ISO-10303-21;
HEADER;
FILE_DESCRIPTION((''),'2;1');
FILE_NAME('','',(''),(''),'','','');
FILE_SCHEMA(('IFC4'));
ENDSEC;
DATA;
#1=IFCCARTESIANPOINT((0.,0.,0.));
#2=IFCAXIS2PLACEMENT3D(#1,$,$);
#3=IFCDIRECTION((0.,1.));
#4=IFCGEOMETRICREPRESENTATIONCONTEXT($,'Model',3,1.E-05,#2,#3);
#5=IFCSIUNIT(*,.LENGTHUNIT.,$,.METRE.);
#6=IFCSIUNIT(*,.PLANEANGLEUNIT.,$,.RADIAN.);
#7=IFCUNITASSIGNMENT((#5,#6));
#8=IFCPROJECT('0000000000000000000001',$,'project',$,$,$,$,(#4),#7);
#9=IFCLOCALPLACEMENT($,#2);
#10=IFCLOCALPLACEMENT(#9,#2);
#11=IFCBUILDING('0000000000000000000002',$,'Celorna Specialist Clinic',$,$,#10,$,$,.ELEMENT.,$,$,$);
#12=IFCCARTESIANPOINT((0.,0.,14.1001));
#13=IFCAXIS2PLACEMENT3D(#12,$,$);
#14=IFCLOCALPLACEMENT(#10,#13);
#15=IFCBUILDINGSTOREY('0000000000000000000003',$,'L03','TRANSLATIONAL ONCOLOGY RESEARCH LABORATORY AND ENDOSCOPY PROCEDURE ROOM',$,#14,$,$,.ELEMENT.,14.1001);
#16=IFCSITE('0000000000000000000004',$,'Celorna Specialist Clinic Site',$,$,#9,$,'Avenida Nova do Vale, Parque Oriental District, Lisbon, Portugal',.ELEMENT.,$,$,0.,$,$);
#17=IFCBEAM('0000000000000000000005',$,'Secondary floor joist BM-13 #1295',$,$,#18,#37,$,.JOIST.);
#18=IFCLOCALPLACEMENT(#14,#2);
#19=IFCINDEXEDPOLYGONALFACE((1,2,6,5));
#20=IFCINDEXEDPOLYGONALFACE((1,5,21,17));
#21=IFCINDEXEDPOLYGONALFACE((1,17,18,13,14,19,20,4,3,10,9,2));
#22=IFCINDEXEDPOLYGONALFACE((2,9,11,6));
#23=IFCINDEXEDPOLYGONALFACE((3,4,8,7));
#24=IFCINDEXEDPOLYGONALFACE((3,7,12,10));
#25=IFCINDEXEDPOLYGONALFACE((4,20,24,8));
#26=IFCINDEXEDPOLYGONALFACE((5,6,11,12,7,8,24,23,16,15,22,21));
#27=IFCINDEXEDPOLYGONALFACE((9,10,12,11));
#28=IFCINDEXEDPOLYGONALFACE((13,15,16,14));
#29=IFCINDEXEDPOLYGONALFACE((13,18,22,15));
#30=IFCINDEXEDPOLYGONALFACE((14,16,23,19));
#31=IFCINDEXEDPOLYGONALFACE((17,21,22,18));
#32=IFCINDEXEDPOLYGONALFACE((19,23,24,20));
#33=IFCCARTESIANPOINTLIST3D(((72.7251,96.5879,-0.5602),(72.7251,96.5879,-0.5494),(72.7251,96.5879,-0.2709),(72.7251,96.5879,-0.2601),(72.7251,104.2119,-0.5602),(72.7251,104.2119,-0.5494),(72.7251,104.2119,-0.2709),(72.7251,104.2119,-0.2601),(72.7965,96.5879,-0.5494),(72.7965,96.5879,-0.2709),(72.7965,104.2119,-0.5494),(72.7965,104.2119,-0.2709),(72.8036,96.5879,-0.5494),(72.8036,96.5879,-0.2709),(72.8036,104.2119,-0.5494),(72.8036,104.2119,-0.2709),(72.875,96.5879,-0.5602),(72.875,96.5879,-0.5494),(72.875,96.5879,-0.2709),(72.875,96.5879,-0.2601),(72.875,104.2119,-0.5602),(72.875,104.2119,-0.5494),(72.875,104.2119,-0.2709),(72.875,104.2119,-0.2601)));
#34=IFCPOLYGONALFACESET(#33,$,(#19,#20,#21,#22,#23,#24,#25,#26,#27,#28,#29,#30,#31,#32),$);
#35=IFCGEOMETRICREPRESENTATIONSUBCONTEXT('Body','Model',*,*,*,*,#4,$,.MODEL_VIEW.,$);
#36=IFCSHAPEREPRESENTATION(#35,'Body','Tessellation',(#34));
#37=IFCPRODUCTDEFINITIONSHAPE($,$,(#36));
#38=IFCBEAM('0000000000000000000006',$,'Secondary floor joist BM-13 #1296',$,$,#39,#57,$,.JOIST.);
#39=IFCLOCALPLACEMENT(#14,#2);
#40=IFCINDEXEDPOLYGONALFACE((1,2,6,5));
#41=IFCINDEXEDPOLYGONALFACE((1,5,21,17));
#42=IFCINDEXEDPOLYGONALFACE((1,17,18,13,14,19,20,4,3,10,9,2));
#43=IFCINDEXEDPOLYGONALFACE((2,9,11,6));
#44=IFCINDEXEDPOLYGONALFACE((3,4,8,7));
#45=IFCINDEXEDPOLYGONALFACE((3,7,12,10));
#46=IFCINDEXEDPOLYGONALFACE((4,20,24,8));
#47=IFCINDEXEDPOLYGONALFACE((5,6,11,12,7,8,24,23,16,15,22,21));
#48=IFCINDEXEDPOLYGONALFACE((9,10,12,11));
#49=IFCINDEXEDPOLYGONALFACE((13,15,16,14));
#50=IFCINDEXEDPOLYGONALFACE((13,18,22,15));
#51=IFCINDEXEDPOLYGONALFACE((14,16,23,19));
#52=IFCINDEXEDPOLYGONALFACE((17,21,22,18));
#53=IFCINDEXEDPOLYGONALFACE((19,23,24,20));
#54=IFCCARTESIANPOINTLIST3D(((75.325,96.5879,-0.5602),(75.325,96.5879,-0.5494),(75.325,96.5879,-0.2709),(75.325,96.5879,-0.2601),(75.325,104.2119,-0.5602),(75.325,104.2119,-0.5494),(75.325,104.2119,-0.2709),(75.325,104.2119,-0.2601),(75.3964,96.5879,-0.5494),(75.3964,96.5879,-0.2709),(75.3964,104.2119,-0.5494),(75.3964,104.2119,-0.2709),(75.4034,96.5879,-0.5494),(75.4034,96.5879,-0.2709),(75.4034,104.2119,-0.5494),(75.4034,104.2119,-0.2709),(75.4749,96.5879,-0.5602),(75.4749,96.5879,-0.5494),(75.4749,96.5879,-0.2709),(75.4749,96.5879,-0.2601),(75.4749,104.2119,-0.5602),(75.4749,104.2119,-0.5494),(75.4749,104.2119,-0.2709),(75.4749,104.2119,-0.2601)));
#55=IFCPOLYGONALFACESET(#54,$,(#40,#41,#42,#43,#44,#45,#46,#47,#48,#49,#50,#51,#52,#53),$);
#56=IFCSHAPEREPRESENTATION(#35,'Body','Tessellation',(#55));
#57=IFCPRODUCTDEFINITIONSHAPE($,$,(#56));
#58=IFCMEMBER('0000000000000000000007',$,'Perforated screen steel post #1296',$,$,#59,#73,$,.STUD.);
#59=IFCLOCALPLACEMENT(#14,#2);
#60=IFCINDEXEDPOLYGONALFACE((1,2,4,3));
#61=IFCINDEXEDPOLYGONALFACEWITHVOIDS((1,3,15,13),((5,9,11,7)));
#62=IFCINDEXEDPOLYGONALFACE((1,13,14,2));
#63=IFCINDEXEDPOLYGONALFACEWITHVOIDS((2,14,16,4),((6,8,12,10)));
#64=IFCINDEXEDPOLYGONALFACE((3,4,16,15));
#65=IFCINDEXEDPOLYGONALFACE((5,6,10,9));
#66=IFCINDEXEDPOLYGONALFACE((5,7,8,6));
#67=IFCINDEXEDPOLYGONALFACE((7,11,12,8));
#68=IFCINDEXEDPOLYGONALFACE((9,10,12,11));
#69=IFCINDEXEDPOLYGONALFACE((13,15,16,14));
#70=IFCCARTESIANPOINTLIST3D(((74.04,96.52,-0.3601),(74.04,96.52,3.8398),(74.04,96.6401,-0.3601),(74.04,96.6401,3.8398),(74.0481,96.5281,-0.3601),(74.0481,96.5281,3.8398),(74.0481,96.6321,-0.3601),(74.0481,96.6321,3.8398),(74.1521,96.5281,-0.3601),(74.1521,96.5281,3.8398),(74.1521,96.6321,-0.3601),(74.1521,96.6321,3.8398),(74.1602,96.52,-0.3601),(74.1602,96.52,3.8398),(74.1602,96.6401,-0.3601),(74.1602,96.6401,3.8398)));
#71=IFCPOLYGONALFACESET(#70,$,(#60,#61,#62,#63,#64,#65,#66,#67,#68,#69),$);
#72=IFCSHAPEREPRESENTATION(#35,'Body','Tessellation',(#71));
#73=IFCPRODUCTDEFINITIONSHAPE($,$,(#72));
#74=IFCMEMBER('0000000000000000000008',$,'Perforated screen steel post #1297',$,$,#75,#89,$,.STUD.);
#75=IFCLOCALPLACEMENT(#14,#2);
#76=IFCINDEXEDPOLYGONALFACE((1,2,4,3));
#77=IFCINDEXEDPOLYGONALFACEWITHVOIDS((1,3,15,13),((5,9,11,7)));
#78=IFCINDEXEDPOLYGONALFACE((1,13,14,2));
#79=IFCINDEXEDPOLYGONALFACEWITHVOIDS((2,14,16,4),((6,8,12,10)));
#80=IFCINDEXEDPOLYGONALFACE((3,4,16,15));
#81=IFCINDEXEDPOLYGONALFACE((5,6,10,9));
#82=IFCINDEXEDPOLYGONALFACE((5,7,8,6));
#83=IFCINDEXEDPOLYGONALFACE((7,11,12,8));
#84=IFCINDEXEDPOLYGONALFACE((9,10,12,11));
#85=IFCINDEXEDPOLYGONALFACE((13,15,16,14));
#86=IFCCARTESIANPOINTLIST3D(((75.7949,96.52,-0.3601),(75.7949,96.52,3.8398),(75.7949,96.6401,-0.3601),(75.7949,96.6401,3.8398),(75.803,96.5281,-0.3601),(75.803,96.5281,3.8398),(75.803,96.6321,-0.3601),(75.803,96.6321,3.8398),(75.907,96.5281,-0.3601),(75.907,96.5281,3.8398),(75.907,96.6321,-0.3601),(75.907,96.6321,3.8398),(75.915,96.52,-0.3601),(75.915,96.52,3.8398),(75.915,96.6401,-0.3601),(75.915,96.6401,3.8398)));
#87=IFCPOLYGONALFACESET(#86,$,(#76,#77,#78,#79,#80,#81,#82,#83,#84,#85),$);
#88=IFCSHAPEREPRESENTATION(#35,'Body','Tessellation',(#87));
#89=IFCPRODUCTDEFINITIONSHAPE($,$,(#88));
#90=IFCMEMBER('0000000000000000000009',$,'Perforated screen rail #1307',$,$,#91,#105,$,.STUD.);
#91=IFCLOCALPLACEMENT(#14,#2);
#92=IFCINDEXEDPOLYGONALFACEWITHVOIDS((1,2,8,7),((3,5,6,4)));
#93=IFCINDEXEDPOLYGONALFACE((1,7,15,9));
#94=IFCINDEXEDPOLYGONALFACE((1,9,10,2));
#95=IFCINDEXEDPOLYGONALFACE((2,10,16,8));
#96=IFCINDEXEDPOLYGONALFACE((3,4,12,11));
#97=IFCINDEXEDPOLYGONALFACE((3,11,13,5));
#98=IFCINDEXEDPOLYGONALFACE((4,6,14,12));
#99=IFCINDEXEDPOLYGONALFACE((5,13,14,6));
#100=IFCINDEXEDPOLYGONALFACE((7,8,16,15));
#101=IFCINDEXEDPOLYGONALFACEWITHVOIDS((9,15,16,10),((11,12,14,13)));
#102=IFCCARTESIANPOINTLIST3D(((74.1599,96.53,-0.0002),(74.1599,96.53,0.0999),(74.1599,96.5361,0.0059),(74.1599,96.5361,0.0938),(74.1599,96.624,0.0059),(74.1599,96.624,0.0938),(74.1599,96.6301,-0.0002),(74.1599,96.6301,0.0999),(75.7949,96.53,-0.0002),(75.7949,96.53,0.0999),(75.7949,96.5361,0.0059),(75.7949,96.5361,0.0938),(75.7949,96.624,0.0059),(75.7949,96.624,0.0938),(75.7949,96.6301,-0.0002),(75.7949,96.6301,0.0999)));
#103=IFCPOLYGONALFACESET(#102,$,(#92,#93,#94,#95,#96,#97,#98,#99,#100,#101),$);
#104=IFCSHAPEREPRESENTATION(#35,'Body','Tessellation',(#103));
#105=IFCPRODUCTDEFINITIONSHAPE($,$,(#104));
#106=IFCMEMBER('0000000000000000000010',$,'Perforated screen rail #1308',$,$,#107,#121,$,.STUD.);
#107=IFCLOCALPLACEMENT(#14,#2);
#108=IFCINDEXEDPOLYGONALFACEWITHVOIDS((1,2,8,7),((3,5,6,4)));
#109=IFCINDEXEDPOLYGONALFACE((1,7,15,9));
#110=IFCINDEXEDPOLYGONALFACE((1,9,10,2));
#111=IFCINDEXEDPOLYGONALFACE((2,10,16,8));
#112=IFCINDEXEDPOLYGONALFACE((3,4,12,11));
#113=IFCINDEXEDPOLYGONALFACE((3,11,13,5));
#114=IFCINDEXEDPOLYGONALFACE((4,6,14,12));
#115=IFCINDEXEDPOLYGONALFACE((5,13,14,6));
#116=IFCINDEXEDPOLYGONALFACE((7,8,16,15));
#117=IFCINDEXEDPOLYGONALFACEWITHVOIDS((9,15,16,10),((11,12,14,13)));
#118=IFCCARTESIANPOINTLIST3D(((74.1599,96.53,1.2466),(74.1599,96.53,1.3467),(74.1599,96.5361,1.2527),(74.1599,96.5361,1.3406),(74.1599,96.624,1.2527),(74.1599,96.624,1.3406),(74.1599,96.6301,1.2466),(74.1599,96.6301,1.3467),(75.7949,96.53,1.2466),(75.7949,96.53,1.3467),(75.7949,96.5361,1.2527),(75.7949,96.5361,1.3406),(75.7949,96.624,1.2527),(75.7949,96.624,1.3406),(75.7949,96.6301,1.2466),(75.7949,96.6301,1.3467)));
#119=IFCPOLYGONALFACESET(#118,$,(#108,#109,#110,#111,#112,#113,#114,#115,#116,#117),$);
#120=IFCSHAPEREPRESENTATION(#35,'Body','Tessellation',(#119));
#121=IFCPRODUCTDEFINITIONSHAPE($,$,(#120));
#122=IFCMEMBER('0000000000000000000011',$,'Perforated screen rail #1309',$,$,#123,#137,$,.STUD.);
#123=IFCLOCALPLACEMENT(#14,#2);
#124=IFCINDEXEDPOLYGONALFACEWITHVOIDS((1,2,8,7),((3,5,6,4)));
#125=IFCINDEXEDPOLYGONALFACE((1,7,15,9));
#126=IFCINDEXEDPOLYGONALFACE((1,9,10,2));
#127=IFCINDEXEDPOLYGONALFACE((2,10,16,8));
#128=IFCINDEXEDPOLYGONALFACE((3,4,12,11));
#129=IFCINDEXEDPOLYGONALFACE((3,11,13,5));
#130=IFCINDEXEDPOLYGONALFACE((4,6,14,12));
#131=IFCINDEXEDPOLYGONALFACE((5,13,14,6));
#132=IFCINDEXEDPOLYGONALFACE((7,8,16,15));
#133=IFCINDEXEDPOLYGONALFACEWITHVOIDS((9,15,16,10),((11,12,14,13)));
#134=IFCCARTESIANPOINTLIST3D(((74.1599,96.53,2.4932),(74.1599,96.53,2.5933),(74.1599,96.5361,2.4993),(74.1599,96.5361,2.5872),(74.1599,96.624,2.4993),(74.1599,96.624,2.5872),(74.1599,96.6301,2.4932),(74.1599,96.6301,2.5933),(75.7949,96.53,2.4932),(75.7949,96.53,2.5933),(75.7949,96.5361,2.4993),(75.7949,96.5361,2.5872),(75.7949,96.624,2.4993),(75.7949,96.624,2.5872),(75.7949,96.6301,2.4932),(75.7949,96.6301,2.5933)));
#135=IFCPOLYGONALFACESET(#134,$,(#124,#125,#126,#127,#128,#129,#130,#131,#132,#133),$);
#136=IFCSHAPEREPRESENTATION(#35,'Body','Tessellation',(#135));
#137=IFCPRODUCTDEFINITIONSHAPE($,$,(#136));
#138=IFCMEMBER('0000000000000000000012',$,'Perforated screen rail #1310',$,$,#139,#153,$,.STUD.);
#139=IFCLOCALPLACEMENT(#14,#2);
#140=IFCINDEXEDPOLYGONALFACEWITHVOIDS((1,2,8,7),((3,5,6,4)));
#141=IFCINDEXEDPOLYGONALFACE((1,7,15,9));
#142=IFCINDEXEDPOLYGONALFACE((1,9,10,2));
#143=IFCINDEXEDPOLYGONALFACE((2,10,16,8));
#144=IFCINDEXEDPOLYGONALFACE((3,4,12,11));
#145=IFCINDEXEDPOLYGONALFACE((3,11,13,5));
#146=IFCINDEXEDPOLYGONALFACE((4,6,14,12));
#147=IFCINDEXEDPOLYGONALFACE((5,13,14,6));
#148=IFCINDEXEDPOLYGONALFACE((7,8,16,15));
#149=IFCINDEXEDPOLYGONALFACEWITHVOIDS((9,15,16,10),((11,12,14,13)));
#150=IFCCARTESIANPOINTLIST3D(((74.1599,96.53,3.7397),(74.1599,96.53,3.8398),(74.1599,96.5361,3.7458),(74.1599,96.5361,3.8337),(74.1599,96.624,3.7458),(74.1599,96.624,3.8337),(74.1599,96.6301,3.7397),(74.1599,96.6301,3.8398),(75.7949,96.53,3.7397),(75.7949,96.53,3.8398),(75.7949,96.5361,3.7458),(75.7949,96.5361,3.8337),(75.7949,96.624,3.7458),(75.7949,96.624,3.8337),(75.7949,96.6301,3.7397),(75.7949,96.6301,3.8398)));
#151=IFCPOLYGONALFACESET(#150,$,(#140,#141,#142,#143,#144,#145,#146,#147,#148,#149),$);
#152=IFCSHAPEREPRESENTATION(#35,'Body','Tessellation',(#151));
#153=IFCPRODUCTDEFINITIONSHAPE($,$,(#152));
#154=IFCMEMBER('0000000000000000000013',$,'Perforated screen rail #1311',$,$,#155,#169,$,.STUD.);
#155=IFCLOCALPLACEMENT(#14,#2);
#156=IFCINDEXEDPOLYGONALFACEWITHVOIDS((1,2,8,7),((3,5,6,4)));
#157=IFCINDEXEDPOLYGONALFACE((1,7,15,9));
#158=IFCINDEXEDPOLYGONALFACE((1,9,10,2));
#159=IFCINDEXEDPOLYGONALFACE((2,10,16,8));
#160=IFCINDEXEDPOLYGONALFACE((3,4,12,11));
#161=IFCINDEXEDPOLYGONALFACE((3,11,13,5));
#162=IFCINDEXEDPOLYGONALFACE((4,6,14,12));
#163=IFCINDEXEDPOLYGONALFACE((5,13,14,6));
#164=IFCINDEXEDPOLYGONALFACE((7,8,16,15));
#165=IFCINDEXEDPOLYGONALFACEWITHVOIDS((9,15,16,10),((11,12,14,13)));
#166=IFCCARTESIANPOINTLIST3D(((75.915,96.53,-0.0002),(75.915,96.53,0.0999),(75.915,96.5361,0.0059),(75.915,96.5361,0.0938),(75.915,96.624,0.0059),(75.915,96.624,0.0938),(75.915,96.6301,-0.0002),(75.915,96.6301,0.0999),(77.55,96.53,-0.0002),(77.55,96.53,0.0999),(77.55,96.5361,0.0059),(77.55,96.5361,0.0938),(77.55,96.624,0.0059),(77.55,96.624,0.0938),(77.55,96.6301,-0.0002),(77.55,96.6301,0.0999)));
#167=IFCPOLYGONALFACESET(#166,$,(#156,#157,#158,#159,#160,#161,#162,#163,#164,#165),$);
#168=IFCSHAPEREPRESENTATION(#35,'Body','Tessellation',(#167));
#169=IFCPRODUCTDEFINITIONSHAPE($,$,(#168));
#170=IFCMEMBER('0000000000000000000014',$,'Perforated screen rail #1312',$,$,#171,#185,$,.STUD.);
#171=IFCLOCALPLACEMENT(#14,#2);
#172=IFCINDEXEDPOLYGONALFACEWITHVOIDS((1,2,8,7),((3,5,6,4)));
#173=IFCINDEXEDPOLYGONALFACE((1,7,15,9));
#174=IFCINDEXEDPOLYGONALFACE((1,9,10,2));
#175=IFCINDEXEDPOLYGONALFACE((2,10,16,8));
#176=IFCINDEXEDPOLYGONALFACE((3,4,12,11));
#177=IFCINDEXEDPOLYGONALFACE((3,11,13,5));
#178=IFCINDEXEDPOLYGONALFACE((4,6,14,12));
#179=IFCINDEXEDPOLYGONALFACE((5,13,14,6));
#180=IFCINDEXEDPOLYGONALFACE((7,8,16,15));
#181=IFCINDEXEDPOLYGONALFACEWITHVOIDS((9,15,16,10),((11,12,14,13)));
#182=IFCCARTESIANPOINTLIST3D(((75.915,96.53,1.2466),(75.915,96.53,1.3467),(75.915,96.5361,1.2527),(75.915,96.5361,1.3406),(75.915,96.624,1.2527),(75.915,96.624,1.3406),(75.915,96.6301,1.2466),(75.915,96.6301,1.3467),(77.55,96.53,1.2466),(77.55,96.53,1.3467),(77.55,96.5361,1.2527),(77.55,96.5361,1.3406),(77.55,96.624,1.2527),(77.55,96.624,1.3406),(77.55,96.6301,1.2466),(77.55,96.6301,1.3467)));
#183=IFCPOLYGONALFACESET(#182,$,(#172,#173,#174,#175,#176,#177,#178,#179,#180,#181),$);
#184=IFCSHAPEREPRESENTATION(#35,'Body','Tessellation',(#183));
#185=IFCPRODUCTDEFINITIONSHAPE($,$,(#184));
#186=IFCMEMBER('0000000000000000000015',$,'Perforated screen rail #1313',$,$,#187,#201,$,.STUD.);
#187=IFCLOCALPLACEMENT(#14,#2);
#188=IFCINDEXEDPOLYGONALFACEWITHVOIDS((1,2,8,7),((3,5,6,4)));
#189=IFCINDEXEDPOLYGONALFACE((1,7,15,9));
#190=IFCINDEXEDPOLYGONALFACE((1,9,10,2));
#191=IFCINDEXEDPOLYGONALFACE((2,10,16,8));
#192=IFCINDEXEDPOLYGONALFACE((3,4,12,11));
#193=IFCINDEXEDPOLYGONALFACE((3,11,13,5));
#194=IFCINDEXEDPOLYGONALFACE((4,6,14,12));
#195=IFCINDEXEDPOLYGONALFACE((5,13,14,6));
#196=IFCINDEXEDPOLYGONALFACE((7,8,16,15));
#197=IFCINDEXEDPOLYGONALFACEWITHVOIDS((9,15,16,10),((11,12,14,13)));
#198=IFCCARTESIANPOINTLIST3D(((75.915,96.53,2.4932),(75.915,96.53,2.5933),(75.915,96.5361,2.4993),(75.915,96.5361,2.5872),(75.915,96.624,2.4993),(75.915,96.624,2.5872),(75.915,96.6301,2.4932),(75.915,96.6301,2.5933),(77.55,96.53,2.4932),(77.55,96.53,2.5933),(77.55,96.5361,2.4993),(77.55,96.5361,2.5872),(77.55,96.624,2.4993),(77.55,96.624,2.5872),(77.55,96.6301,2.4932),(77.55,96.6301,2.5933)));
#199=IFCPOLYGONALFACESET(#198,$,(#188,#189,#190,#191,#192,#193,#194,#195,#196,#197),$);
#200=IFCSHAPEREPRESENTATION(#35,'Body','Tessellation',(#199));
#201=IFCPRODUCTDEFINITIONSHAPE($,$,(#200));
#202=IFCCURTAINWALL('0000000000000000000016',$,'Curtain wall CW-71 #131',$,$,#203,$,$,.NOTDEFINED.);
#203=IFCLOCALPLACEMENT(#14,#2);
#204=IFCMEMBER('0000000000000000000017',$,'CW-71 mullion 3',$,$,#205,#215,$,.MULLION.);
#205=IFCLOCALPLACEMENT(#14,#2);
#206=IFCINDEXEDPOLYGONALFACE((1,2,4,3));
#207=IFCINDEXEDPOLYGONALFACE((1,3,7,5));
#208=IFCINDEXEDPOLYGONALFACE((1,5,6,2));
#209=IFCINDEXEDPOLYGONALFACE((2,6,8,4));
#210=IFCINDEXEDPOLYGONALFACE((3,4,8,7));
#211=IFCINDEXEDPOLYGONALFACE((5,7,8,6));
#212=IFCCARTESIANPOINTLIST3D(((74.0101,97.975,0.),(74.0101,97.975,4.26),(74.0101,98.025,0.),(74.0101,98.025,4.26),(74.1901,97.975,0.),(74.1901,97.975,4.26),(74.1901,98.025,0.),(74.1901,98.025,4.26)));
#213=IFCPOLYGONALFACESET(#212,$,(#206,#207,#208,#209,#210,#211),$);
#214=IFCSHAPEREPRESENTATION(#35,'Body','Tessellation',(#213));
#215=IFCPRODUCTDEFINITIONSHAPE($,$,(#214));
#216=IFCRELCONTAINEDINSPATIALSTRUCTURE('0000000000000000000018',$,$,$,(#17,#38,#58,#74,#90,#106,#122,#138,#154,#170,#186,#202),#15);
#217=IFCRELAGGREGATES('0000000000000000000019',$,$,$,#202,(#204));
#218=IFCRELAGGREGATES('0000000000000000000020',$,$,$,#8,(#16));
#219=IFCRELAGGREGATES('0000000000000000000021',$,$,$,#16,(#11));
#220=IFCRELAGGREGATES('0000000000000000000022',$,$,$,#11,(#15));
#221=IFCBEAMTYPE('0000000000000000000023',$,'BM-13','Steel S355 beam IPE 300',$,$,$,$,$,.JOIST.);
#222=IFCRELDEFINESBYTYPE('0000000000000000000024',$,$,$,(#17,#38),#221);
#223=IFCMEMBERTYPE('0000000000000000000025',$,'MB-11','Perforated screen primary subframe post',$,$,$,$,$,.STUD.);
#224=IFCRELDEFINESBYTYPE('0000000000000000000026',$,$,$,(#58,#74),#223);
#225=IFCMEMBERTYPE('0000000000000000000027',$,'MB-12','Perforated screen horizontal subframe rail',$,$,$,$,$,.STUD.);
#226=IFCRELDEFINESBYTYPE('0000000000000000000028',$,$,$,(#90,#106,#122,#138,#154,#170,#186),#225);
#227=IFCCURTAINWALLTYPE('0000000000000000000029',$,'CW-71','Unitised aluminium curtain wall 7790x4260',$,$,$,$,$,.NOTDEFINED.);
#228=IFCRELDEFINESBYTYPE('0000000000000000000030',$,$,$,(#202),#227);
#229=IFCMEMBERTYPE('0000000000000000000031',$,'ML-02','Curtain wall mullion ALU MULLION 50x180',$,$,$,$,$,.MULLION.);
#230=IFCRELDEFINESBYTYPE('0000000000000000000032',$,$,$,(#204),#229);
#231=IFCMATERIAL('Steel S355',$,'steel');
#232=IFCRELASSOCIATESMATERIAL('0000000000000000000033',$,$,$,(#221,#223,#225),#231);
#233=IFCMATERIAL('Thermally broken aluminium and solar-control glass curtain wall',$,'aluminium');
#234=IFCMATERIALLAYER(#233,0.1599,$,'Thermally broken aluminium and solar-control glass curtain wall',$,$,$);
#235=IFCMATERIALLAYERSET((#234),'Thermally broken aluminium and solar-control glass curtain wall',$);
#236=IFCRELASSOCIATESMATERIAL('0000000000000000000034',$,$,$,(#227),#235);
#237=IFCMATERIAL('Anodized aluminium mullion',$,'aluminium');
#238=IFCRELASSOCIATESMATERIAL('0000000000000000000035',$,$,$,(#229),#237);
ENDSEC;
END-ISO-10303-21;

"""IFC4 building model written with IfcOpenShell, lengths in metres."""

from ifc_helpers import new_model, si_unit, direction, frame, origin, origin_2d, place, context, subcontext, project, spatial, rectangle, hollow_rectangle, i_section, extrude, material, layer, layer_set, material_profile, profile_set, type_object, element, aggregate, save


model = new_model("IFC4")

# Units and contexts
model_context = context("Model", 3, precision=1e-05, world=origin(), true_north=direction((0.0, 1.0)))
body_context = subcontext(model_context, "Body", "Model", "MODEL_VIEW")
ifc_project = project(units=[si_unit("LENGTHUNIT", "METRE"), si_unit("PLANEANGLEUNIT", "RADIAN")], contexts=[model_context])

# Site, building, storey
site_placement = place(None, origin())
site = spatial("IfcSite", under=ifc_project, at=site_placement, Name="Celorna Specialist Clinic Site", LongName="Avenida Nova do Vale, Parque Oriental District, Lisbon, Portugal", CompositionType="ELEMENT", RefElevation=0.0)
building_placement = place(site_placement, origin())
building = spatial("IfcBuilding", under=site, at=building_placement, Name="Celorna Specialist Clinic", CompositionType="ELEMENT")
storey_placement = place(building_placement, frame((0.0, 0.0, 14.1001)))
storey = spatial("IfcBuildingStorey", under=building, at=storey_placement, Name="L03", Description="TRANSLATIONAL ONCOLOGY RESEARCH LABORATORY AND ENDOSCOPY PROCEDURE ROOM", CompositionType="ELEMENT", Elevation=14.1001)

# Beams
ifc_material_1 = material(Name="Steel S355", Category="steel")
ifc_material_profile_1 = material_profile(ifc_material_1, i_section(OverallWidth=0.1499, OverallDepth=0.3, WebThickness=0.0071, FlangeThickness=0.0107, at=origin_2d()), Name="IPE 300")
ifc_profile_set_1 = profile_set([ifc_material_profile_1], Name="Steel S355")
beam_type = type_object("IfcBeamType", Name="BM-13", Description="Steel S355 beam IPE 300", PredefinedType="JOIST", material=ifc_profile_set_1)
for number, where, z_axis, x_axis, name in (
    (1, (72.8, 96.5879, -0.4102), (0.0, 1.0, 0.0), (-1.0, 0.0, 0.0), "Secondary floor joist BM-13 #1295"),
    (2, (75.3999, 96.5879, -0.4102), (0.0, 1.0, 0.0), (-1.0, 0.0, 0.0), "Secondary floor joist BM-13 #1296"),
):
    element("IfcBeam", number, at=place(storey_placement, frame(where, z_axis=z_axis, x_axis=x_axis)), inside=storey, type_object=beam_type, Name=name, PredefinedType="JOIST", context=body_context, shape_type="SweptSolid", body=[
        extrude(i_section(OverallWidth=0.1499, OverallDepth=0.3, WebThickness=0.0071, FlangeThickness=0.0107, at=origin_2d()), origin(), (0.0, 0.0, 1.0), 7.624),
    ])

# Members
ifc_material_profile_2 = material_profile(ifc_material_1, hollow_rectangle(XDim=0.1201, YDim=0.1201, WallThickness=0.0081, at=origin_2d()), Name="SHS 120x120x8")
ifc_profile_set_2 = profile_set([ifc_material_profile_2], Name="Steel S355")
member_type_1 = type_object("IfcMemberType", Name="MB-11", Description="Perforated screen primary subframe post", PredefinedType="STUD", material=ifc_profile_set_2)
for number, where, z_axis, x_axis, name in (
    (3, (74.1001, 96.5801, -0.3601), (0.0, 0.0, 1.0), (1.0, 0.0, 0.0), "Perforated screen steel post #1296"),
    (4, (75.855, 96.5801, -0.3601), (0.0, 0.0, 1.0), (1.0, 0.0, 0.0), "Perforated screen steel post #1297"),
):
    element("IfcMember", number, at=place(storey_placement, frame(where, z_axis=z_axis, x_axis=x_axis)), inside=storey, type_object=member_type_1, Name=name, PredefinedType="STUD", context=body_context, shape_type="SweptSolid", body=[
        extrude(hollow_rectangle(XDim=0.1201, YDim=0.1201, WallThickness=0.0081, at=origin_2d()), origin(), (0.0, 0.0, 1.0), 4.2),
    ])
ifc_material_profile_3 = material_profile(ifc_material_1, hollow_rectangle(XDim=0.1001, YDim=0.1001, WallThickness=0.0061, at=origin_2d()), Name="SHS 100x100x6")
ifc_profile_set_3 = profile_set([ifc_material_profile_3], Name="Steel S355")
member_type_2 = type_object("IfcMemberType", Name="MB-12", Description="Perforated screen horizontal subframe rail", PredefinedType="STUD", material=ifc_profile_set_3)
for number, where, z_axis, x_axis, name in (
    (5, (74.1599, 96.5801, 0.0498), (1.0, 0.0, 0.0), (0.0, 1.0, 0.0), "Perforated screen rail #1307"),
    (6, (74.1599, 96.5801, 1.2966), (1.0, 0.0, 0.0), (0.0, 1.0, 0.0), "Perforated screen rail #1308"),
    (7, (74.1599, 96.5801, 2.5432), (1.0, 0.0, 0.0), (0.0, 1.0, 0.0), "Perforated screen rail #1309"),
    (8, (74.1599, 96.5801, 3.7898), (1.0, 0.0, 0.0), (0.0, 1.0, 0.0), "Perforated screen rail #1310"),
    (9, (75.915, 96.5801, 0.0498), (1.0, 0.0, 0.0), (0.0, 1.0, 0.0), "Perforated screen rail #1311"),
    (10, (75.915, 96.5801, 1.2966), (1.0, 0.0, 0.0), (0.0, 1.0, 0.0), "Perforated screen rail #1312"),
    (11, (75.915, 96.5801, 2.5432), (1.0, 0.0, 0.0), (0.0, 1.0, 0.0), "Perforated screen rail #1313"),
):
    element("IfcMember", number, at=place(storey_placement, frame(where, z_axis=z_axis, x_axis=x_axis)), inside=storey, type_object=member_type_2, Name=name, PredefinedType="STUD", context=body_context, shape_type="SweptSolid", body=[
        extrude(hollow_rectangle(XDim=0.1001, YDim=0.1001, WallThickness=0.0061, at=origin_2d()), origin(), (0.0, 0.0, 1.0), 1.635),
    ])

# Curtain wall, member
ifc_material_2 = material(Name="Thermally broken aluminium and solar-control glass curtain wall", Category="aluminium")
ifc_layer_1 = layer(ifc_material_2, 0.1599, Name="Thermally broken aluminium and solar-control glass curtain wall")
ifc_layer_set_1 = layer_set([ifc_layer_1], Name="Thermally broken aluminium and solar-control glass curtain wall")
curtain_wall_type = type_object("IfcCurtainWallType", Name="CW-71", Description="Unitised aluminium curtain wall 7790x4260", PredefinedType="NOTDEFINED", material=ifc_layer_set_1)
curtain_wall_placement = place(storey_placement, origin())
curtain_wall = element("IfcCurtainWall", 12, at=curtain_wall_placement, inside=storey, type_object=curtain_wall_type, Name="Curtain wall CW-71 #131", PredefinedType="NOTDEFINED")
ifc_material_3 = material(Name="Anodized aluminium mullion", Category="aluminium")
ifc_material_profile_4 = material_profile(ifc_material_3, rectangle(XDim=0.05, YDim=0.1799, at=origin_2d()), Name="ALU MULLION 50x180")
ifc_profile_set_4 = profile_set([ifc_material_profile_4], Name="Anodized aluminium mullion")
member_type_3 = type_object("IfcMemberType", Name="ML-02", Description="Curtain wall mullion ALU MULLION 50x180", PredefinedType="MULLION", material=ifc_profile_set_4)
member_1_placement = place(storey_placement, frame((74.1001, 98.0, 0.0), z_axis=(0.0, 0.0, 1.0), x_axis=(0.0, -1.0, 0.0)))
member_1 = element("IfcMember", 13, at=member_1_placement, type_object=member_type_3, Name="CW-71 mullion 3", PredefinedType="MULLION", context=body_context, shape_type="SweptSolid", body=[
    extrude(rectangle(XDim=0.05, YDim=0.1799, at=origin_2d()), origin(), (0.0, 0.0, 1.0), 4.26),
])
aggregate(curtain_wall, [member_1])

save(model, "model.ifc")
